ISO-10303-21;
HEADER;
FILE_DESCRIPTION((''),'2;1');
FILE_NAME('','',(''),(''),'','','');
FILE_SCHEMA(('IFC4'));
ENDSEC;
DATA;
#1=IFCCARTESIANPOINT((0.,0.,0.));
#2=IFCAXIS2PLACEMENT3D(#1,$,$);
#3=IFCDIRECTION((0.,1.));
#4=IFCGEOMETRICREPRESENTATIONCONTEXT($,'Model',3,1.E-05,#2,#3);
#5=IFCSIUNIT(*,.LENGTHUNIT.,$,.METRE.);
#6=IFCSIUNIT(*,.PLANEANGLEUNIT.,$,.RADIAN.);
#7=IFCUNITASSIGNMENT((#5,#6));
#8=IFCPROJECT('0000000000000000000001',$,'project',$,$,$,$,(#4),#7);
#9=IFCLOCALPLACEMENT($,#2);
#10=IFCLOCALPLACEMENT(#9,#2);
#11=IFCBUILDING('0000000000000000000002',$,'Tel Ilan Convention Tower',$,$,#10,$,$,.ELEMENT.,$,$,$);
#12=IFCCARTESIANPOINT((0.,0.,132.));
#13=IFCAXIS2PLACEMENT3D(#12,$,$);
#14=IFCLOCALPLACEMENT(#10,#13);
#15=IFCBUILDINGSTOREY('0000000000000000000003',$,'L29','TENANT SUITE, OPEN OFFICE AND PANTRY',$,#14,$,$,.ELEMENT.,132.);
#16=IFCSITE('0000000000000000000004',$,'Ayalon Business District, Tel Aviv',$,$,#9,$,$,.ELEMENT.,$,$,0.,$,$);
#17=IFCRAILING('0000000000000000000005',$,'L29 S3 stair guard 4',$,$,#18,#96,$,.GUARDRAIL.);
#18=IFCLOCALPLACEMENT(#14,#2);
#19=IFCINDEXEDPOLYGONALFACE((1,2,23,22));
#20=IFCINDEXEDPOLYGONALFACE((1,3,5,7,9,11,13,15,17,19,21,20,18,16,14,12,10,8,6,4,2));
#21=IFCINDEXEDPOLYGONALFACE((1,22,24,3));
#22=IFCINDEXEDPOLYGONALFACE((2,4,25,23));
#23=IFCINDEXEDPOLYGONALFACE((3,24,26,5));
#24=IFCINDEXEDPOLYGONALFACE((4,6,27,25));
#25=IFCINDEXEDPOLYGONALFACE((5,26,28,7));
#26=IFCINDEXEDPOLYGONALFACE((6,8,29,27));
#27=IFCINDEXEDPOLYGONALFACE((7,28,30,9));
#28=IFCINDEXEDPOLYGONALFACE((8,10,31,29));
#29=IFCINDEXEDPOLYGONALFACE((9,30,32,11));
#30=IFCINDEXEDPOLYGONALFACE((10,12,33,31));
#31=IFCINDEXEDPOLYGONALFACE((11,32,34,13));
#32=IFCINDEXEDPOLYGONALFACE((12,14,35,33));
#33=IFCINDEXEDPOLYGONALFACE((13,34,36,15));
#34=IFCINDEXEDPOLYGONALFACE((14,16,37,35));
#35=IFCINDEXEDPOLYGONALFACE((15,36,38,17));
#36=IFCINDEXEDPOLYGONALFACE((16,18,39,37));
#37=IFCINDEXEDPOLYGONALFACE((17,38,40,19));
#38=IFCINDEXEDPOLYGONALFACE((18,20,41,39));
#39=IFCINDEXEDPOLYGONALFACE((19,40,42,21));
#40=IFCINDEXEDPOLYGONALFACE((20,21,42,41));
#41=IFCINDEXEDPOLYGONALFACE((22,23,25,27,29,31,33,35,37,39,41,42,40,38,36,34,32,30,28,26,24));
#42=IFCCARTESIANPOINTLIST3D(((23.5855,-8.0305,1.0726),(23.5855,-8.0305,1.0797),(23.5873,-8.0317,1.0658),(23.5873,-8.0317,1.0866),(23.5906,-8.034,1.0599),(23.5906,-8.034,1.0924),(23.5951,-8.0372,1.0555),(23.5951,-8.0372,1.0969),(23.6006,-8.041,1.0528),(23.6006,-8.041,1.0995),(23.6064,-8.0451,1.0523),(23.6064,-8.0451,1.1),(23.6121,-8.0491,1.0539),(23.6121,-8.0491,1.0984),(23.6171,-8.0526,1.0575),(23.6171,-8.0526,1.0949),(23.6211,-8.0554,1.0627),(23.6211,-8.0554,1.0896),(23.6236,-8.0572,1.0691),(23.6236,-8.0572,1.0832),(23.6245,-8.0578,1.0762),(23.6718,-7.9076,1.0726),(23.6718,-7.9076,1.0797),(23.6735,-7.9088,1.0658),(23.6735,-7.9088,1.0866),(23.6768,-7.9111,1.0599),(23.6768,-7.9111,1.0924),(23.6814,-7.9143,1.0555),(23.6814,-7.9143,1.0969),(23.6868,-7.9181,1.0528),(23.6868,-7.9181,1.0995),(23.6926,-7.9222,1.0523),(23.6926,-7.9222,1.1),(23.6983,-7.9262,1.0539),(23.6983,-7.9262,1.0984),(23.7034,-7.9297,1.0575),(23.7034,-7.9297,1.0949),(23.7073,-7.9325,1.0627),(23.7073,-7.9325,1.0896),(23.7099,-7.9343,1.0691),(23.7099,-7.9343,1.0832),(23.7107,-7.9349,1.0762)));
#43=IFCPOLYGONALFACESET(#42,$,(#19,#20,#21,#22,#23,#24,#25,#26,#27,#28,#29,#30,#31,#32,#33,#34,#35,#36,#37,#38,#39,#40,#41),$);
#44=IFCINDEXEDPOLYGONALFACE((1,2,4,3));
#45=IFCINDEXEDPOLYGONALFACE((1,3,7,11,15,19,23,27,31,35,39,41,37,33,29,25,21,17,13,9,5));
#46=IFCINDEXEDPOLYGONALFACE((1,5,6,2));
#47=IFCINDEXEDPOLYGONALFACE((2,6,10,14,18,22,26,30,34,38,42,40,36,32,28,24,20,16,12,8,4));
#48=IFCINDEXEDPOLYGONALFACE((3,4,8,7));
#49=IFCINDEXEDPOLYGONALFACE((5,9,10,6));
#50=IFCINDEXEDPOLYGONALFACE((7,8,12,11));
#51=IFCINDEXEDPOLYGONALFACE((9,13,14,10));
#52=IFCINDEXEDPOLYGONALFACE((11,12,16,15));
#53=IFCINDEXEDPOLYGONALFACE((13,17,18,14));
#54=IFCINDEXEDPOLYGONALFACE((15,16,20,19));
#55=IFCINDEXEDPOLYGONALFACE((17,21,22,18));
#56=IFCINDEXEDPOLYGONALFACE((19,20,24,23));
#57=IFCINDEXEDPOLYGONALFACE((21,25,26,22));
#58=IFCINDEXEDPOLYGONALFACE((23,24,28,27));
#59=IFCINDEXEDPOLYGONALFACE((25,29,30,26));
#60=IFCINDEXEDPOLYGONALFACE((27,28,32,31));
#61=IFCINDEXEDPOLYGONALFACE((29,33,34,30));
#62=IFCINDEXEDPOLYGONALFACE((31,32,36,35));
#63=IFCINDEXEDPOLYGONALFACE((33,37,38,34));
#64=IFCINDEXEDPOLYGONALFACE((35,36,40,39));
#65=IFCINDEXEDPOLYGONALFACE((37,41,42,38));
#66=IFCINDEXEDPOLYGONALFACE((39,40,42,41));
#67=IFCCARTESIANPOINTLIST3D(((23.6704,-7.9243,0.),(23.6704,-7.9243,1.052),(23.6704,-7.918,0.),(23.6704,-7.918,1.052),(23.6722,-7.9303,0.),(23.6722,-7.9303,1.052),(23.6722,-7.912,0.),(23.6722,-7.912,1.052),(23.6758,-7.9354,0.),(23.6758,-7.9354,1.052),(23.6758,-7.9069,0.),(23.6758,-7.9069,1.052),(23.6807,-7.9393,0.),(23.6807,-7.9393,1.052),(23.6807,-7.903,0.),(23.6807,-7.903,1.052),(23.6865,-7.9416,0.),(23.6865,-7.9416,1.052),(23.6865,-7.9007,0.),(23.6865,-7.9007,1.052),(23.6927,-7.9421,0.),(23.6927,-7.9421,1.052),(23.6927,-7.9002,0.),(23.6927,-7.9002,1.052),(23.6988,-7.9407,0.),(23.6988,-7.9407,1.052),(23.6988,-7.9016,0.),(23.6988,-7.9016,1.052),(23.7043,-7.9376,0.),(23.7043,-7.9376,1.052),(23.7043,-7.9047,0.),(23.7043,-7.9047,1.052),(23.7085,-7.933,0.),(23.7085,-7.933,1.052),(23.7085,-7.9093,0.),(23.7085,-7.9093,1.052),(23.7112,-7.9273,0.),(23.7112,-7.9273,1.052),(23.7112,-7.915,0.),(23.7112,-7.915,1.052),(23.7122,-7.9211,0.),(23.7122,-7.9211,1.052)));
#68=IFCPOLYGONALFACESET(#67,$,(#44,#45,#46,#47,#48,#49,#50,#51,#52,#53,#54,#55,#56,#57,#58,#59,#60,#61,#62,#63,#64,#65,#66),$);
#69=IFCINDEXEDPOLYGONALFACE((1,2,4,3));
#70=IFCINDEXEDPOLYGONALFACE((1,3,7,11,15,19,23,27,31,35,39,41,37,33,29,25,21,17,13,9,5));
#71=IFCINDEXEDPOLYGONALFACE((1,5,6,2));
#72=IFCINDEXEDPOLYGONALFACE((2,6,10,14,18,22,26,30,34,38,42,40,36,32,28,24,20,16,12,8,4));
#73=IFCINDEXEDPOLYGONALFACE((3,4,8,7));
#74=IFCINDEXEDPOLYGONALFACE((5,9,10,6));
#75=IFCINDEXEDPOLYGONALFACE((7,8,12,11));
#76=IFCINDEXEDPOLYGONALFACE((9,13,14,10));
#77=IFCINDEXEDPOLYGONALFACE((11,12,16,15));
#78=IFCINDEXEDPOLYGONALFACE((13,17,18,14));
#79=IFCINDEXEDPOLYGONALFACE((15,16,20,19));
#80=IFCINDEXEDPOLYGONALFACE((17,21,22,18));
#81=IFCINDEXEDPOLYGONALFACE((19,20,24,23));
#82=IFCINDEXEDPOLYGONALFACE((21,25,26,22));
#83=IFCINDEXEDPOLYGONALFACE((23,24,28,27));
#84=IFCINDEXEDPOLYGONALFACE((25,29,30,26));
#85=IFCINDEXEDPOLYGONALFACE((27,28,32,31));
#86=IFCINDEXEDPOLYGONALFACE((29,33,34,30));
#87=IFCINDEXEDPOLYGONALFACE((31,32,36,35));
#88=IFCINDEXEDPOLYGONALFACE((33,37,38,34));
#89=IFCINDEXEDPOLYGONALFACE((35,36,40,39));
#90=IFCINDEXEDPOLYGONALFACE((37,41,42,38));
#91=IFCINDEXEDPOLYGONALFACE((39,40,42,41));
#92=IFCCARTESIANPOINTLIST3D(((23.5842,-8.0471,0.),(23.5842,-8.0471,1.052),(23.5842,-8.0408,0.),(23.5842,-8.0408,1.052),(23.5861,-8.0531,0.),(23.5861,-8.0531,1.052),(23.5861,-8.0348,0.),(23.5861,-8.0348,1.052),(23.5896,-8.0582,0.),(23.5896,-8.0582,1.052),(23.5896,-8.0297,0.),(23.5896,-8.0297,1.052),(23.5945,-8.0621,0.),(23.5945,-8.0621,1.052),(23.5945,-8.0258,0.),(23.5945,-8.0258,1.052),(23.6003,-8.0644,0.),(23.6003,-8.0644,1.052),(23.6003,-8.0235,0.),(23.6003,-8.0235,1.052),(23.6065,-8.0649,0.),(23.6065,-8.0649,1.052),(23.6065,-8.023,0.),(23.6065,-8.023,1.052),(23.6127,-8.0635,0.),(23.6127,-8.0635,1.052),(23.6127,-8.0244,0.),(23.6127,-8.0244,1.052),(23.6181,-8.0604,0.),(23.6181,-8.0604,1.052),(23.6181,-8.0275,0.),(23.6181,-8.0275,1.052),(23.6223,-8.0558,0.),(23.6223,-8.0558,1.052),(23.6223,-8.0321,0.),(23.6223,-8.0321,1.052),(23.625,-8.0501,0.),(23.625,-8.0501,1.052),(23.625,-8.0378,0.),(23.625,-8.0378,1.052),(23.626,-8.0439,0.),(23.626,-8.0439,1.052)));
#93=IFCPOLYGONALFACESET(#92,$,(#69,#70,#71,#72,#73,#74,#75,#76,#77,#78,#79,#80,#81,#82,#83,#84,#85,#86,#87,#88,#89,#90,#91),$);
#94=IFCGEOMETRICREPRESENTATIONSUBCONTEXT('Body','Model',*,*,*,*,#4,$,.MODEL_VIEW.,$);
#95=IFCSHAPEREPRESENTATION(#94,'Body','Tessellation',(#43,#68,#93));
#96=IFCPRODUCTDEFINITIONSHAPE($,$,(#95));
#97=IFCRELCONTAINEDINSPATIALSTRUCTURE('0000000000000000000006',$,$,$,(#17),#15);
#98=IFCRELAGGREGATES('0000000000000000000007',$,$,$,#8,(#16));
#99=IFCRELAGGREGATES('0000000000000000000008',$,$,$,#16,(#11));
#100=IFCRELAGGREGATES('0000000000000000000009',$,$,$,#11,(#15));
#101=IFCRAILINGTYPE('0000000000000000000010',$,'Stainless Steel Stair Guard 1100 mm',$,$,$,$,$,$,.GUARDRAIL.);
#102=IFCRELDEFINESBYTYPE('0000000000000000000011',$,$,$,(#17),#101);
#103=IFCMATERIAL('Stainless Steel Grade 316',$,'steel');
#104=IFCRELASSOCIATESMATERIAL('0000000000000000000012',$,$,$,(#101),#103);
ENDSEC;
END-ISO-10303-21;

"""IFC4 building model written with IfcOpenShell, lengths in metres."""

from ifc_helpers import new_model, si_unit, direction, frame, origin, origin_2d, place, context, subcontext, project, spatial, circle, extrude, material, type_object, element, save


model = new_model("IFC4")

# Units and contexts
model_context = context("Model", 3, precision=1e-05, world=origin(), true_north=direction((0.0, 1.0)))
body_context = subcontext(model_context, "Body", "Model", "MODEL_VIEW")
ifc_project = project(units=[si_unit("LENGTHUNIT", "METRE"), si_unit("PLANEANGLEUNIT", "RADIAN")], contexts=[model_context])

# Site, building, storey
site_placement = place(None, origin())
site = spatial("IfcSite", under=ifc_project, at=site_placement, Name="Ayalon Business District, Tel Aviv", CompositionType="ELEMENT", RefElevation=0.0)
building_placement = place(site_placement, origin())
building = spatial("IfcBuilding", under=site, at=building_placement, Name="Tel Ilan Convention Tower", CompositionType="ELEMENT")
storey_placement = place(building_placement, frame((0.0, 0.0, 132.0)))
storey = spatial("IfcBuildingStorey", under=building, at=storey_placement, Name="L29", Description="TENANT SUITE, OPEN OFFICE AND PANTRY", CompositionType="ELEMENT", Elevation=132.0)

# Railing
ifc_material_1 = material(Name="Stainless Steel Grade 316", Category="steel")
railing_type_1 = type_object("IfcRailingType", Name="Stainless Steel Stair Guard 1100 mm", PredefinedType="GUARDRAIL", material=ifc_material_1)
railing_1_placement = place(storey_placement, frame((23.6912, -7.9211, 0.0)))
element("IfcRailing", 1, at=railing_1_placement, inside=storey, type_object=railing_type_1, Name="L29 S3 stair guard 4", PredefinedType="GUARDRAIL", context=body_context, shape_type="SweptSolid", body=[
    extrude(circle(Radius=0.0239, at=origin_2d()), frame((0.0, 0.0, 1.0762), z_axis=(-0.574445, -0.818543, 0.0), x_axis=(0.818543, -0.574445, 0.0)), (0.0, 0.0, 1.0), 0.1501),
    extrude(circle(Radius=0.021, at=origin_2d()), origin(), (0.0, 0.0, 1.0), 1.052),
    extrude(circle(Radius=0.021, at=origin_2d()), frame((-0.0862, -0.1228, 0.0)), (0.0, 0.0, 1.0), 1.052),
])

save(model, "model.ifc")
